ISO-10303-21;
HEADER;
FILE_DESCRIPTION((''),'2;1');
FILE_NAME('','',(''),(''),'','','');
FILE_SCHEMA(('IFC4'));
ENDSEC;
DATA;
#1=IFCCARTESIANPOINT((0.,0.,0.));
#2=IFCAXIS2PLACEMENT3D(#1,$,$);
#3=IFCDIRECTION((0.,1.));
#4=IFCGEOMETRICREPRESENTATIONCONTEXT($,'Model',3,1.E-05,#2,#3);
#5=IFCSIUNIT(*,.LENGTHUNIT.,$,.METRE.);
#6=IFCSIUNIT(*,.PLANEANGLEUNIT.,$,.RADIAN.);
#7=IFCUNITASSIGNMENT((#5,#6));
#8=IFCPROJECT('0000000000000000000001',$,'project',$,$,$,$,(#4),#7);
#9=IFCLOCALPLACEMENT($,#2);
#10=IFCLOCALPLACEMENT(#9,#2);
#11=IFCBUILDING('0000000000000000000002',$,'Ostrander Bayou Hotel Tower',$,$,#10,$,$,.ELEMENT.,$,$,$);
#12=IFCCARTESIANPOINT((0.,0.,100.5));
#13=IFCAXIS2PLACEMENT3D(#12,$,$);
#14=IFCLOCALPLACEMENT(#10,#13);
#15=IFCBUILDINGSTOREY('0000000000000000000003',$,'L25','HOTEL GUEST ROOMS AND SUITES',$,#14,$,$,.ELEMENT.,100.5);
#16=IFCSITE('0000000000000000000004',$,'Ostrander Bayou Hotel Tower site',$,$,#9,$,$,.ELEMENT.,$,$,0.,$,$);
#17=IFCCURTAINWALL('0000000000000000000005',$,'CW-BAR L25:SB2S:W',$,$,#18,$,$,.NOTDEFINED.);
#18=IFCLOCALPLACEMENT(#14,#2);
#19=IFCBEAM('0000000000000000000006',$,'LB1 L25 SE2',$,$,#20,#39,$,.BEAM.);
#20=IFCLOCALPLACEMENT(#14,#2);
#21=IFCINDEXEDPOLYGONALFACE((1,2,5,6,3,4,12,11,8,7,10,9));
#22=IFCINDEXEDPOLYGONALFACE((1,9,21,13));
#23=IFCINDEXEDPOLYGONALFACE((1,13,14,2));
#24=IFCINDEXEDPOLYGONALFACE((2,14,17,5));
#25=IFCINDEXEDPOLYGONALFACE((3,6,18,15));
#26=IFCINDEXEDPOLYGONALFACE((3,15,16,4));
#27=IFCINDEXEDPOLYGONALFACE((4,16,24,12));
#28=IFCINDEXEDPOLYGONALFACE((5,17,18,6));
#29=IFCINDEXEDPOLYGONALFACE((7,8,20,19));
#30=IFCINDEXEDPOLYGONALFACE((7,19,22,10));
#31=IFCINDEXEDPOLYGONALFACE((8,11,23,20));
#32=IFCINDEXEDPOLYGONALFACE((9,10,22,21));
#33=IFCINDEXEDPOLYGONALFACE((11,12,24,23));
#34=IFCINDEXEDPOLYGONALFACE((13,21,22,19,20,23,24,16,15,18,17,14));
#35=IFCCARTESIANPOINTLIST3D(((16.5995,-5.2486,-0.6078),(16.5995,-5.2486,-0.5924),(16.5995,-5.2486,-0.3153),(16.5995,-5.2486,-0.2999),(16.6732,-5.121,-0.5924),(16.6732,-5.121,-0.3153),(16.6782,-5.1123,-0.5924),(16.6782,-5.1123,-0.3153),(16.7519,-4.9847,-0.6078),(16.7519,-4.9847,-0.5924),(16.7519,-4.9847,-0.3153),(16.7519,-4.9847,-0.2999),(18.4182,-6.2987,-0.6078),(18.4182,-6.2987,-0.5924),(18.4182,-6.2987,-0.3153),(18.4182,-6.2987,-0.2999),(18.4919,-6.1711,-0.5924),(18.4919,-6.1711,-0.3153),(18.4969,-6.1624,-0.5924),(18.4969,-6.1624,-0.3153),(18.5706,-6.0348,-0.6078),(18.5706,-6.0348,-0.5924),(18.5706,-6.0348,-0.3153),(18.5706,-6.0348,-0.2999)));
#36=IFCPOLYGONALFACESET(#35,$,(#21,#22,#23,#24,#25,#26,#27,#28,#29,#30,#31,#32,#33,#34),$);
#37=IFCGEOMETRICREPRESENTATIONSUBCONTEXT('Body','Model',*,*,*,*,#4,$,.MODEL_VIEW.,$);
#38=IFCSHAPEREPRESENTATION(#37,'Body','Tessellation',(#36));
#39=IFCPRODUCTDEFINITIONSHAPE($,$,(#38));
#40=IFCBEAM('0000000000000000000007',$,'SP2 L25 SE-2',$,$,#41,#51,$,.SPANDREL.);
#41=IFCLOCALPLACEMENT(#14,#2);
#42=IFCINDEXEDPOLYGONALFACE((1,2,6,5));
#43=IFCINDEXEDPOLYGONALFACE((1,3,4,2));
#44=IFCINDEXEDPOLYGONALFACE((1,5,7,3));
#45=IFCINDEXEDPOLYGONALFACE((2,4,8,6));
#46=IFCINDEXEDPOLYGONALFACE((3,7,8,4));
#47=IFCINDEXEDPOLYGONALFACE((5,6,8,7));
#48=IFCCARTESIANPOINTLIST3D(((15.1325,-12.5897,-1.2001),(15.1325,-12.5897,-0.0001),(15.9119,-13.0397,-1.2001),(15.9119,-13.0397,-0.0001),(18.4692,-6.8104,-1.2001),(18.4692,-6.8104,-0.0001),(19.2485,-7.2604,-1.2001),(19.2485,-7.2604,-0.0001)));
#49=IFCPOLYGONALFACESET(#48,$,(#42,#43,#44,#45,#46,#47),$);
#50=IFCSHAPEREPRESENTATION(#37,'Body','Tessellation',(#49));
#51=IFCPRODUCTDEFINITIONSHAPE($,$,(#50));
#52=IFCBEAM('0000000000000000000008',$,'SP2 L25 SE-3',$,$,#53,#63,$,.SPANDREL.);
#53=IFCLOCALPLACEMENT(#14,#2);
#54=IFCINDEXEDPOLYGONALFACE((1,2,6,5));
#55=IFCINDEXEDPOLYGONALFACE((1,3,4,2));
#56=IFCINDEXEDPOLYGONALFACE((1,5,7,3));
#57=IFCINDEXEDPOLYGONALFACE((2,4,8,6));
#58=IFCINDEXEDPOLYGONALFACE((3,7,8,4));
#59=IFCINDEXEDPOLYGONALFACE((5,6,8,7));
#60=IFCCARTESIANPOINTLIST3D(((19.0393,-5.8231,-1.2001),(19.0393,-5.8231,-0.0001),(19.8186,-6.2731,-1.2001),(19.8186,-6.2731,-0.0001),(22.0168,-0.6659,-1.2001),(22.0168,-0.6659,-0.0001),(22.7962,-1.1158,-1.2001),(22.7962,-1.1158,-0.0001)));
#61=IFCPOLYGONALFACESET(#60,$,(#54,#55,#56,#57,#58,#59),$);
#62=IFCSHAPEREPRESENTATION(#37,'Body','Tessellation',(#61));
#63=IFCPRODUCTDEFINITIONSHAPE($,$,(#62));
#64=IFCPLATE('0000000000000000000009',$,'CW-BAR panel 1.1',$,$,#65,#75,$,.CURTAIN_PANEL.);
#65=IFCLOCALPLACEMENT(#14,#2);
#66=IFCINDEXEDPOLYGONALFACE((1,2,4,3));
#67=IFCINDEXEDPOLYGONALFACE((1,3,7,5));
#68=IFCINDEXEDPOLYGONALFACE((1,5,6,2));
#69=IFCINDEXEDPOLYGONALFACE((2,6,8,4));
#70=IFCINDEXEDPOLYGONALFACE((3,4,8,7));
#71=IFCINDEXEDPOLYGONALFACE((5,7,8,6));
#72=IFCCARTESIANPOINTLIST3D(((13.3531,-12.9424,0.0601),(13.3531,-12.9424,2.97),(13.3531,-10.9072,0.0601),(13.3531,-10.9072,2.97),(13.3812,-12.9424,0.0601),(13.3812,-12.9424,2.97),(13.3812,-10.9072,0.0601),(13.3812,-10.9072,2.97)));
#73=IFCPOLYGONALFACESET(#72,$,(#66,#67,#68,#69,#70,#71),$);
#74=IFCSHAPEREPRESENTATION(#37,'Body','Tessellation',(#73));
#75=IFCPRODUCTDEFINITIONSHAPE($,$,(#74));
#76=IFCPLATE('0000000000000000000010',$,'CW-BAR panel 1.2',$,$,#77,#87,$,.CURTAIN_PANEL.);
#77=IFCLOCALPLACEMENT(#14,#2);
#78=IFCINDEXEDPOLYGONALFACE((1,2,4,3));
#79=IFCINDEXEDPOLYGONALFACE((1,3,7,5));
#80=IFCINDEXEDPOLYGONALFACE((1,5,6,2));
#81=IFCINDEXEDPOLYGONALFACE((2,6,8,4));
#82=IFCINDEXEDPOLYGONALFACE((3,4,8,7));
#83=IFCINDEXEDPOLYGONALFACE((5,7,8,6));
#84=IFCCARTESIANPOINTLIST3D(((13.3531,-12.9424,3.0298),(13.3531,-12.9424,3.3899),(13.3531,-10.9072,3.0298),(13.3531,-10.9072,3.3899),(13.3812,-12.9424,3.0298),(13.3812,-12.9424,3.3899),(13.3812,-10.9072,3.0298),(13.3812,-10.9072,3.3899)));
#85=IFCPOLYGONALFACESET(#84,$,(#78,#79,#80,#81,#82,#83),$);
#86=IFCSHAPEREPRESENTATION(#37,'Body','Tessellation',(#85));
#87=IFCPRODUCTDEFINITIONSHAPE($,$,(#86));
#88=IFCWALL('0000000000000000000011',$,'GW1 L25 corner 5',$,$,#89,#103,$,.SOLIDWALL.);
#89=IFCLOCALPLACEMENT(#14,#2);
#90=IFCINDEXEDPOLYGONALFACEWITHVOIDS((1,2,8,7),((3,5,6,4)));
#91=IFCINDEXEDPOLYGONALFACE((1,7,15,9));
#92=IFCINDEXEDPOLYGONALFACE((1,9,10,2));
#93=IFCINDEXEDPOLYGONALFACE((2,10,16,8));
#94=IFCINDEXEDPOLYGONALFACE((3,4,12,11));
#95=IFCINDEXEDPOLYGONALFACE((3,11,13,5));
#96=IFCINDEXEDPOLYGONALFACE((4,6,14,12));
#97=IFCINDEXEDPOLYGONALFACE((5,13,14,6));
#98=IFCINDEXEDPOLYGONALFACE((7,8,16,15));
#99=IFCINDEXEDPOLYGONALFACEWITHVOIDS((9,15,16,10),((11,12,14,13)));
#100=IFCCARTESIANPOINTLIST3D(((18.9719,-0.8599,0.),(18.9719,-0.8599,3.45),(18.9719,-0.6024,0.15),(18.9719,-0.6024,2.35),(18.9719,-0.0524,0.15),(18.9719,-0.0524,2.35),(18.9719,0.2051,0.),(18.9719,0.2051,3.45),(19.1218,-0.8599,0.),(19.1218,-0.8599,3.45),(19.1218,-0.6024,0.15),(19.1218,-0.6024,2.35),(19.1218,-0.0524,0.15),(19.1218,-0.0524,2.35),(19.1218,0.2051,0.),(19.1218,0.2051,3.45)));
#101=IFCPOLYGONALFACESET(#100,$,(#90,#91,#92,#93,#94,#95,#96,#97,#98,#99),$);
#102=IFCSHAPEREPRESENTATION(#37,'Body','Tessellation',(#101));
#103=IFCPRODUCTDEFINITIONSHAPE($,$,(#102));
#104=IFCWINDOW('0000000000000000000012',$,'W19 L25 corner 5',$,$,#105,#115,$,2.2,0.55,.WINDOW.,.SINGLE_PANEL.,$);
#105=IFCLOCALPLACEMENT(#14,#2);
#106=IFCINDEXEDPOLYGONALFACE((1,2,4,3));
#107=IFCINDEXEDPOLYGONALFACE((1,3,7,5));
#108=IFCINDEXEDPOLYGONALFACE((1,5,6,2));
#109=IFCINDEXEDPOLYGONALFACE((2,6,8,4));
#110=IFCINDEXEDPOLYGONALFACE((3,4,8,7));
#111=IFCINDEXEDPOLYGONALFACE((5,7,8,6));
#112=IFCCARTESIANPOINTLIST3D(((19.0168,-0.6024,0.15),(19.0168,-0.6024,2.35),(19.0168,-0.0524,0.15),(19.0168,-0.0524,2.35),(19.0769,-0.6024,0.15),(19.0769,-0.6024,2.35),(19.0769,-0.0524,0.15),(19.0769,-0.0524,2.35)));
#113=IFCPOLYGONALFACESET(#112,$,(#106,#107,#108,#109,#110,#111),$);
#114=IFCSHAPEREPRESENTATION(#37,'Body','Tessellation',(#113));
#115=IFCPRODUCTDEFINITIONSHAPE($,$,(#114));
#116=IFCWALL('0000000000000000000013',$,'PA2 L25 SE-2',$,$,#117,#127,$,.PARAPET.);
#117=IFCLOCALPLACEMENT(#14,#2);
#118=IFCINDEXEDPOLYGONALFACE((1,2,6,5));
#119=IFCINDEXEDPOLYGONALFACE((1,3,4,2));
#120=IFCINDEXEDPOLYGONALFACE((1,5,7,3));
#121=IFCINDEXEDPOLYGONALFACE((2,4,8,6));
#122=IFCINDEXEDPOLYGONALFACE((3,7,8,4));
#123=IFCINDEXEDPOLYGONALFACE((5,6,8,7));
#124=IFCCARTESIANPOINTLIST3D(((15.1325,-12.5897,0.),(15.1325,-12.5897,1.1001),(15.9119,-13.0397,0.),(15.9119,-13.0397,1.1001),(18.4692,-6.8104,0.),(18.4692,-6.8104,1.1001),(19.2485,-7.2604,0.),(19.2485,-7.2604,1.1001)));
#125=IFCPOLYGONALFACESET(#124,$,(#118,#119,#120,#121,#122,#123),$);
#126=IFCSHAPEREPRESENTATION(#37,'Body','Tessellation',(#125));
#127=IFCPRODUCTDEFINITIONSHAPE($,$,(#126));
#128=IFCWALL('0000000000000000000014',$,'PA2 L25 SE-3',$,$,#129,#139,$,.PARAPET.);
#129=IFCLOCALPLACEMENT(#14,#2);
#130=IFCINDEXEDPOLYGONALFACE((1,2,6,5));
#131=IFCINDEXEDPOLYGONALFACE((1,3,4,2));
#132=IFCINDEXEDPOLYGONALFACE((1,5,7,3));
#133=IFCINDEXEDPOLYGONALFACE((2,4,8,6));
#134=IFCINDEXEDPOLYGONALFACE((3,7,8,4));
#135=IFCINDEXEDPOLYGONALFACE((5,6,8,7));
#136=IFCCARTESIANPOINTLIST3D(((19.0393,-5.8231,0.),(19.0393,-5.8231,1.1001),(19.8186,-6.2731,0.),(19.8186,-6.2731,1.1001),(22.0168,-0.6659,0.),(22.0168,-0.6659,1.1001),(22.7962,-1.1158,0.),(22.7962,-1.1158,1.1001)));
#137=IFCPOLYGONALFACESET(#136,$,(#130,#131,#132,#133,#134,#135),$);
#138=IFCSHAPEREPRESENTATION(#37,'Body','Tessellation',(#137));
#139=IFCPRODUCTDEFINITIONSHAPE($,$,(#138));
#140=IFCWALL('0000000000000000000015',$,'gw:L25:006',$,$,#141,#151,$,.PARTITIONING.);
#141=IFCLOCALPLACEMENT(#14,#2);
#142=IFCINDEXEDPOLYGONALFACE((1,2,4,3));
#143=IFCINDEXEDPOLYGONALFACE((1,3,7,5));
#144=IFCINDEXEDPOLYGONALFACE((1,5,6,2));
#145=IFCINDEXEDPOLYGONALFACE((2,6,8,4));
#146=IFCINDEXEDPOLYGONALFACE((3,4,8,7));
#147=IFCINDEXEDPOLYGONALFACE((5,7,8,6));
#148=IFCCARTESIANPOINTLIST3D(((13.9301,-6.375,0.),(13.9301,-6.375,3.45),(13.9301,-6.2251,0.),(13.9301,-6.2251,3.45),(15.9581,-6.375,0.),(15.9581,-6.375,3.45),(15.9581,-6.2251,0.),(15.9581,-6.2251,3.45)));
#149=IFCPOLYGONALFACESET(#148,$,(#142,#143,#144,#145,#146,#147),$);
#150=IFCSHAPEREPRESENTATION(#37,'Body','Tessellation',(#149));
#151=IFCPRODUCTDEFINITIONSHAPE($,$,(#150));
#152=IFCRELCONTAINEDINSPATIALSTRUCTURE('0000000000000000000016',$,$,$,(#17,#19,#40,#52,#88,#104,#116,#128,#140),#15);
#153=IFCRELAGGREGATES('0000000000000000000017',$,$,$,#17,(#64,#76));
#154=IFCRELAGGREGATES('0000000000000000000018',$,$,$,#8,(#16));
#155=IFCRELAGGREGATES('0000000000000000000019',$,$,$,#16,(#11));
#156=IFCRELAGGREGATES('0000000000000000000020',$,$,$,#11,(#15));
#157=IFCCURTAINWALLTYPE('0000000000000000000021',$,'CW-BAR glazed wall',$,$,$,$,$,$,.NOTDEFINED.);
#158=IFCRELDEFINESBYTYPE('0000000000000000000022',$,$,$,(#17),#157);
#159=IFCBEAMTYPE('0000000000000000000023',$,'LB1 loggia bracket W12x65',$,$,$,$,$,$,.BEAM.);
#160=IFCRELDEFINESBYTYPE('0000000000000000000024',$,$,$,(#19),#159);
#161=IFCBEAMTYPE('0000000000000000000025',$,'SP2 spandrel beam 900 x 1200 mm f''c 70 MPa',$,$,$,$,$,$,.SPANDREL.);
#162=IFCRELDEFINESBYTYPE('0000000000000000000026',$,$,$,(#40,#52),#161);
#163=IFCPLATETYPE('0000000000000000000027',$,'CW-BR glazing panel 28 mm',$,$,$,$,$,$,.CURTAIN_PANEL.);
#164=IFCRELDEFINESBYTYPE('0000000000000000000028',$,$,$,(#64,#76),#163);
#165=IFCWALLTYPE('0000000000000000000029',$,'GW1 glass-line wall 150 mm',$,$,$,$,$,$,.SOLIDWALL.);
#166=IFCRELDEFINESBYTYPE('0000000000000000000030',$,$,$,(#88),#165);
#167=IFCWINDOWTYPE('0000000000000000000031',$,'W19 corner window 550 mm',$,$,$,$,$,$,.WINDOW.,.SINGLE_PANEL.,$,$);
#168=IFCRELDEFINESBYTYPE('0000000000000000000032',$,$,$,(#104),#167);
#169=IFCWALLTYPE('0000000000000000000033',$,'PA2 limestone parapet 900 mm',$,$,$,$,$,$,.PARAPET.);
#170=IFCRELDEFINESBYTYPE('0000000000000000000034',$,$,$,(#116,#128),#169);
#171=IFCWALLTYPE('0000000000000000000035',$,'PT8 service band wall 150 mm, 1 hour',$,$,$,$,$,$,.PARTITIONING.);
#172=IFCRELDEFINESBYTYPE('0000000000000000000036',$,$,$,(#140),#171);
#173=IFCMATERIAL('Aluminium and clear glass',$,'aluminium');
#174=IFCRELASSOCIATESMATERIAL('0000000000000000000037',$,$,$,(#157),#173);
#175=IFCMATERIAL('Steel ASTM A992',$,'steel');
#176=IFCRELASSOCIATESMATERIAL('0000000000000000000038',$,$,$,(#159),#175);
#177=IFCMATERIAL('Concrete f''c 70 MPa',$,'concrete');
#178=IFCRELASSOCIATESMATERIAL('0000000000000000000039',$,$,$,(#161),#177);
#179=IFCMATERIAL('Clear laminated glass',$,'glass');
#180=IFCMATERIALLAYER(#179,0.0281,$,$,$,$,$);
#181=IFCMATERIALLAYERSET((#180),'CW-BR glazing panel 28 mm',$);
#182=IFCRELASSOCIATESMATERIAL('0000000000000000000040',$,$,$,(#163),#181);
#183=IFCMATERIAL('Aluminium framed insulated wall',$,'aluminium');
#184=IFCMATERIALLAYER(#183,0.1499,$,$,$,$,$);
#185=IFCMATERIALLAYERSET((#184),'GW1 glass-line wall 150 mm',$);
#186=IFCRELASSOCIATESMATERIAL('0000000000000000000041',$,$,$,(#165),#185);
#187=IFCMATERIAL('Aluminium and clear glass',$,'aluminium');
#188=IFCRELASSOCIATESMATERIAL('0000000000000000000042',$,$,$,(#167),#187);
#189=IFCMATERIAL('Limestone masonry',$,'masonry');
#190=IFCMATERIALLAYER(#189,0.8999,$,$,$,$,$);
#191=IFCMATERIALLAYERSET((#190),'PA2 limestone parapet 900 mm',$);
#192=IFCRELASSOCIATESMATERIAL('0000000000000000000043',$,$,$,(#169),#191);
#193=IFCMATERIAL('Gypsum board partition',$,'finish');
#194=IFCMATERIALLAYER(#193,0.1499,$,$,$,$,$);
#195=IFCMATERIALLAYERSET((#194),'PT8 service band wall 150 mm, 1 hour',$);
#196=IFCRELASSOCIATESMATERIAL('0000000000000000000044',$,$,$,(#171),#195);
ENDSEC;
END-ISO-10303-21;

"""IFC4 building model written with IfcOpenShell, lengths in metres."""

from ifc_helpers import new_model, si_unit, direction, frame, frame_2d, origin, origin_2d, place, context, subcontext, project, spatial, rectangle, i_section, extrude, material, layer, layer_set, material_profile, profile_set, type_object, element, fill, aggregate, save


model = new_model("IFC4")

# Units and contexts
model_context = context("Model", 3, precision=1e-05, world=origin(), true_north=direction((0.0, 1.0)))
body_context = subcontext(model_context, "Body", "Model", "MODEL_VIEW")
ifc_project = project(units=[si_unit("LENGTHUNIT", "METRE"), si_unit("PLANEANGLEUNIT", "RADIAN")], contexts=[model_context])

# Site, building, storey
site_placement = place(None, origin())
site = spatial("IfcSite", under=ifc_project, at=site_placement, Name="Ostrander Bayou Hotel Tower site", CompositionType="ELEMENT", RefElevation=0.0)
building_placement = place(site_placement, origin())
building = spatial("IfcBuilding", under=site, at=building_placement, Name="Ostrander Bayou Hotel Tower", CompositionType="ELEMENT")
storey_placement = place(building_placement, frame((0.0, 0.0, 100.5)))
storey = spatial("IfcBuildingStorey", under=building, at=storey_placement, Name="L25", Description="HOTEL GUEST ROOMS AND SUITES", CompositionType="ELEMENT", Elevation=100.5)

# Curtain wall
ifc_material_1 = material(Name="Aluminium and clear glass", Category="aluminium")
curtain_wall_type = type_object("IfcCurtainWallType", Name="CW-BAR glazed wall", PredefinedType="NOTDEFINED", material=ifc_material_1)
curtain_wall_placement = place(storey_placement, origin())
curtain_wall = element("IfcCurtainWall", 1, at=curtain_wall_placement, inside=storey, type_object=curtain_wall_type, Name="CW-BAR L25:SB2S:W", PredefinedType="NOTDEFINED")

# Beams
ifc_material_2 = material(Name="Steel ASTM A992", Category="steel")
ifc_material_profile_1 = material_profile(ifc_material_2, i_section(OverallWidth=0.3047, OverallDepth=0.3079, WebThickness=0.01, FlangeThickness=0.0154, at=origin_2d()))
ifc_profile_set_1 = profile_set([ifc_material_profile_1], Name="Steel ASTM A992")
beam_type_1 = type_object("IfcBeamType", Name="LB1 loggia bracket W12x65", PredefinedType="BEAM", material=ifc_profile_set_1)
for number, where, z_axis, x_axis, name in (
    (2, (18.4944, -6.1667, -0.4539), (-0.866009, 0.500028, 0.0), (-0.500028, -0.866009, 0.0), "LB1 L25 SE2"),
):
    element("IfcBeam", number, at=place(storey_placement, frame(where, z_axis=z_axis, x_axis=x_axis)), inside=storey, type_object=beam_type_1, Name=name, PredefinedType="BEAM", context=body_context, shape_type="SweptSolid", body=[
        extrude(i_section(OverallWidth=0.3047, OverallDepth=0.3079, WebThickness=0.01, FlangeThickness=0.0154, at=origin_2d()), origin(), (0.0, 0.0, 1.0), 2.1001),
    ])
ifc_material_3 = material(Name="Concrete f'c 70 MPa", Category="concrete")
ifc_material_profile_2 = material_profile(ifc_material_3, rectangle(XDim=0.8999, YDim=1.2, at=origin_2d()))
ifc_profile_set_2 = profile_set([ifc_material_profile_2], Name="Concrete f'c 70 MPa")
beam_type_2 = type_object("IfcBeamType", Name="SP2 spandrel beam 900 x 1200 mm f'c 70 MPa", PredefinedType="SPANDREL", material=ifc_profile_set_2)
beam_1_placement = place(storey_placement, frame((15.5222, -12.8147, -0.6001), z_axis=(0.499999, 0.866026, 0.0), x_axis=(-0.866026, 0.499999, 0.0)))
element("IfcBeam", 3, at=beam_1_placement, inside=storey, type_object=beam_type_2, Name="SP2 L25 SE-2", PredefinedType="SPANDREL", context=body_context, shape_type="SweptSolid", body=[
    extrude(rectangle(XDim=0.8999, YDim=1.2, at=origin_2d()), origin(), (0.0, 0.0, 1.0), 6.6733),
])
beam_2_placement = place(storey_placement, frame((19.429, -6.0481, -0.6001), z_axis=(0.500002, 0.866024, 0.0), x_axis=(-0.866024, 0.500002, 0.0)))
element("IfcBeam", 4, at=beam_2_placement, inside=storey, type_object=beam_type_2, Name="SP2 L25 SE-3", PredefinedType="SPANDREL", context=body_context, shape_type="SweptSolid", body=[
    extrude(rectangle(XDim=0.8999, YDim=1.2, at=origin_2d()), origin(), (0.0, 0.0, 1.0), 5.9551),
])

# Plates
ifc_material_4 = material(Name="Clear laminated glass", Category="glass")
ifc_layer_1 = layer(ifc_material_4, 0.0281)
ifc_layer_set_1 = layer_set([ifc_layer_1], Name="CW-BR glazing panel 28 mm")
plate_type = type_object("IfcPlateType", Name="CW-BR glazing panel 28 mm", PredefinedType="CURTAIN_PANEL", material=ifc_layer_set_1)
plate_1_placement = place(storey_placement, frame((13.3672, -11.9248, 0.0601), z_axis=(0.0, 0.0, 1.0), x_axis=(0.0, -1.0, 0.0)))
plate_1 = element("IfcPlate", 5, at=plate_1_placement, type_object=plate_type, Name="CW-BAR panel 1.1", PredefinedType="CURTAIN_PANEL", context=body_context, shape_type="SweptSolid", body=[
    extrude(rectangle(XDim=2.0352, YDim=0.0281, at=origin_2d()), origin(), (0.0, 0.0, 1.0), 2.9099),
])
plate_2_placement = place(storey_placement, frame((13.3672, -11.9248, 3.0298), z_axis=(0.0, 0.0, 1.0), x_axis=(0.0, -1.0, 0.0)))
plate_2 = element("IfcPlate", 6, at=plate_2_placement, type_object=plate_type, Name="CW-BAR panel 1.2", PredefinedType="CURTAIN_PANEL", context=body_context, shape_type="SweptSolid", body=[
    extrude(rectangle(XDim=2.0352, YDim=0.0281, at=origin_2d()), origin(), (0.0, 0.0, 1.0), 0.3601),
])
aggregate(curtain_wall, [plate_1, plate_2])

# Wall, opening, window
ifc_material_5 = material(Name="Aluminium framed insulated wall", Category="aluminium")
ifc_layer_2 = layer(ifc_material_5, 0.1499)
ifc_layer_set_2 = layer_set([ifc_layer_2], Name="GW1 glass-line wall 150 mm")
wall_type_1 = type_object("IfcWallType", Name="GW1 glass-line wall 150 mm", PredefinedType="SOLIDWALL", material=ifc_layer_set_2)
wall_1_placement = place(storey_placement, frame((19.0469, -0.8599, 0.0), z_axis=(0.0, 0.0, 1.0), x_axis=(0.0, 1.0, 0.0)))
wall_1 = element("IfcWall", 7, at=wall_1_placement, inside=storey, type_object=wall_type_1, Name="GW1 L25 corner 5", PredefinedType="SOLIDWALL", context=body_context, shape_type="SweptSolid", body=[
    extrude(rectangle(XDim=1.0649, YDim=0.1499, at=frame_2d((0.5325, 0.0))), origin(), (0.0, 0.0, 1.0), 3.45),
])
opening_1_placement = place(wall_1_placement, frame((0.2576, 0.0, 0.1499)))
opening_1 = element("IfcOpeningElement", 8, at=opening_1_placement, cuts=wall_1, PredefinedType="OPENING", context=body_context, shape_type="SweptSolid", body=[
    extrude(rectangle(XDim=0.55, YDim=2.2, at=frame_2d((0.2749, 1.1001))), frame((0.0, 0.075, 0.0), z_axis=(0.0, -1.0, 0.0), x_axis=(1.0, 0.0, 0.0)), (0.0, 0.0, 1.0), 0.1499),
])
ifc_material_6 = material(Name="Aluminium and clear glass", Category="aluminium")
window_type = type_object("IfcWindowType", Name="W19 corner window 550 mm", PartitioningType="SINGLE_PANEL", PredefinedType="WINDOW", material=ifc_material_6)
window_placement = place(opening_1_placement, origin())
window = element("IfcWindow", 9, at=window_placement, inside=storey, type_object=window_type, Name="W19 L25 corner 5", OverallHeight=2.2, OverallWidth=0.55, PartitioningType="SINGLE_PANEL", PredefinedType="WINDOW", context=body_context, shape_type="SweptSolid", body=[
    extrude(rectangle(XDim=0.55, YDim=2.2, at=frame_2d((0.2749, 1.1001))), frame((0.0, 0.03, 0.0), z_axis=(0.0, -1.0, 0.0), x_axis=(1.0, 0.0, 0.0)), (0.0, 0.0, 1.0), 0.0601),
])
fill(opening_1, window)

# Walls
ifc_material_7 = material(Name="Limestone masonry", Category="masonry")
ifc_layer_3 = layer(ifc_material_7, 0.8999)
ifc_layer_set_3 = layer_set([ifc_layer_3], Name="PA2 limestone parapet 900 mm")
wall_type_2 = type_object("IfcWallType", Name="PA2 limestone parapet 900 mm", PredefinedType="PARAPET", material=ifc_layer_set_3)
wall_2_placement = place(storey_placement, frame((15.5222, -12.8147, 0.0), z_axis=(0.0, 0.0, 1.0), x_axis=(0.499999, 0.866026, 0.0)))
element("IfcWall", 10, at=wall_2_placement, inside=storey, type_object=wall_type_2, Name="PA2 L25 SE-2", PredefinedType="PARAPET", context=body_context, shape_type="SweptSolid", body=[
    extrude(rectangle(XDim=6.6733, YDim=0.8999, at=frame_2d((3.3367, 0.0))), origin(), (0.0, 0.0, 1.0), 1.1001),
])
wall_3_placement = place(storey_placement, frame((19.429, -6.0481, 0.0), z_axis=(0.0, 0.0, 1.0), x_axis=(0.500002, 0.866024, 0.0)))
element("IfcWall", 11, at=wall_3_placement, inside=storey, type_object=wall_type_2, Name="PA2 L25 SE-3", PredefinedType="PARAPET", context=body_context, shape_type="SweptSolid", body=[
    extrude(rectangle(XDim=5.9551, YDim=0.8999, at=frame_2d((2.9775, 0.0))), origin(), (0.0, 0.0, 1.0), 1.1001),
])
ifc_material_8 = material(Name="Gypsum board partition", Category="finish")
ifc_layer_4 = layer(ifc_material_8, 0.1499)
ifc_layer_set_4 = layer_set([ifc_layer_4], Name="PT8 service band wall 150 mm, 1 hour")
wall_type_3 = type_object("IfcWallType", Name="PT8 service band wall 150 mm, 1 hour", PredefinedType="PARTITIONING", material=ifc_layer_set_4)
wall_4_placement = place(storey_placement, frame((13.9299, -6.3, 0.0), z_axis=(0.0, 0.0, 1.0), x_axis=(1.0, 0.0, 0.0)))
element("IfcWall", 12, at=wall_4_placement, inside=storey, type_object=wall_type_3, Name="gw:L25:006", PredefinedType="PARTITIONING", context=body_context, shape_type="SweptSolid", body=[
    extrude(rectangle(XDim=2.0281, YDim=0.1499, at=frame_2d((1.0142, 0.0))), origin(), (0.0, 0.0, 1.0), 3.45),
])

save(model, "model.ifc")
